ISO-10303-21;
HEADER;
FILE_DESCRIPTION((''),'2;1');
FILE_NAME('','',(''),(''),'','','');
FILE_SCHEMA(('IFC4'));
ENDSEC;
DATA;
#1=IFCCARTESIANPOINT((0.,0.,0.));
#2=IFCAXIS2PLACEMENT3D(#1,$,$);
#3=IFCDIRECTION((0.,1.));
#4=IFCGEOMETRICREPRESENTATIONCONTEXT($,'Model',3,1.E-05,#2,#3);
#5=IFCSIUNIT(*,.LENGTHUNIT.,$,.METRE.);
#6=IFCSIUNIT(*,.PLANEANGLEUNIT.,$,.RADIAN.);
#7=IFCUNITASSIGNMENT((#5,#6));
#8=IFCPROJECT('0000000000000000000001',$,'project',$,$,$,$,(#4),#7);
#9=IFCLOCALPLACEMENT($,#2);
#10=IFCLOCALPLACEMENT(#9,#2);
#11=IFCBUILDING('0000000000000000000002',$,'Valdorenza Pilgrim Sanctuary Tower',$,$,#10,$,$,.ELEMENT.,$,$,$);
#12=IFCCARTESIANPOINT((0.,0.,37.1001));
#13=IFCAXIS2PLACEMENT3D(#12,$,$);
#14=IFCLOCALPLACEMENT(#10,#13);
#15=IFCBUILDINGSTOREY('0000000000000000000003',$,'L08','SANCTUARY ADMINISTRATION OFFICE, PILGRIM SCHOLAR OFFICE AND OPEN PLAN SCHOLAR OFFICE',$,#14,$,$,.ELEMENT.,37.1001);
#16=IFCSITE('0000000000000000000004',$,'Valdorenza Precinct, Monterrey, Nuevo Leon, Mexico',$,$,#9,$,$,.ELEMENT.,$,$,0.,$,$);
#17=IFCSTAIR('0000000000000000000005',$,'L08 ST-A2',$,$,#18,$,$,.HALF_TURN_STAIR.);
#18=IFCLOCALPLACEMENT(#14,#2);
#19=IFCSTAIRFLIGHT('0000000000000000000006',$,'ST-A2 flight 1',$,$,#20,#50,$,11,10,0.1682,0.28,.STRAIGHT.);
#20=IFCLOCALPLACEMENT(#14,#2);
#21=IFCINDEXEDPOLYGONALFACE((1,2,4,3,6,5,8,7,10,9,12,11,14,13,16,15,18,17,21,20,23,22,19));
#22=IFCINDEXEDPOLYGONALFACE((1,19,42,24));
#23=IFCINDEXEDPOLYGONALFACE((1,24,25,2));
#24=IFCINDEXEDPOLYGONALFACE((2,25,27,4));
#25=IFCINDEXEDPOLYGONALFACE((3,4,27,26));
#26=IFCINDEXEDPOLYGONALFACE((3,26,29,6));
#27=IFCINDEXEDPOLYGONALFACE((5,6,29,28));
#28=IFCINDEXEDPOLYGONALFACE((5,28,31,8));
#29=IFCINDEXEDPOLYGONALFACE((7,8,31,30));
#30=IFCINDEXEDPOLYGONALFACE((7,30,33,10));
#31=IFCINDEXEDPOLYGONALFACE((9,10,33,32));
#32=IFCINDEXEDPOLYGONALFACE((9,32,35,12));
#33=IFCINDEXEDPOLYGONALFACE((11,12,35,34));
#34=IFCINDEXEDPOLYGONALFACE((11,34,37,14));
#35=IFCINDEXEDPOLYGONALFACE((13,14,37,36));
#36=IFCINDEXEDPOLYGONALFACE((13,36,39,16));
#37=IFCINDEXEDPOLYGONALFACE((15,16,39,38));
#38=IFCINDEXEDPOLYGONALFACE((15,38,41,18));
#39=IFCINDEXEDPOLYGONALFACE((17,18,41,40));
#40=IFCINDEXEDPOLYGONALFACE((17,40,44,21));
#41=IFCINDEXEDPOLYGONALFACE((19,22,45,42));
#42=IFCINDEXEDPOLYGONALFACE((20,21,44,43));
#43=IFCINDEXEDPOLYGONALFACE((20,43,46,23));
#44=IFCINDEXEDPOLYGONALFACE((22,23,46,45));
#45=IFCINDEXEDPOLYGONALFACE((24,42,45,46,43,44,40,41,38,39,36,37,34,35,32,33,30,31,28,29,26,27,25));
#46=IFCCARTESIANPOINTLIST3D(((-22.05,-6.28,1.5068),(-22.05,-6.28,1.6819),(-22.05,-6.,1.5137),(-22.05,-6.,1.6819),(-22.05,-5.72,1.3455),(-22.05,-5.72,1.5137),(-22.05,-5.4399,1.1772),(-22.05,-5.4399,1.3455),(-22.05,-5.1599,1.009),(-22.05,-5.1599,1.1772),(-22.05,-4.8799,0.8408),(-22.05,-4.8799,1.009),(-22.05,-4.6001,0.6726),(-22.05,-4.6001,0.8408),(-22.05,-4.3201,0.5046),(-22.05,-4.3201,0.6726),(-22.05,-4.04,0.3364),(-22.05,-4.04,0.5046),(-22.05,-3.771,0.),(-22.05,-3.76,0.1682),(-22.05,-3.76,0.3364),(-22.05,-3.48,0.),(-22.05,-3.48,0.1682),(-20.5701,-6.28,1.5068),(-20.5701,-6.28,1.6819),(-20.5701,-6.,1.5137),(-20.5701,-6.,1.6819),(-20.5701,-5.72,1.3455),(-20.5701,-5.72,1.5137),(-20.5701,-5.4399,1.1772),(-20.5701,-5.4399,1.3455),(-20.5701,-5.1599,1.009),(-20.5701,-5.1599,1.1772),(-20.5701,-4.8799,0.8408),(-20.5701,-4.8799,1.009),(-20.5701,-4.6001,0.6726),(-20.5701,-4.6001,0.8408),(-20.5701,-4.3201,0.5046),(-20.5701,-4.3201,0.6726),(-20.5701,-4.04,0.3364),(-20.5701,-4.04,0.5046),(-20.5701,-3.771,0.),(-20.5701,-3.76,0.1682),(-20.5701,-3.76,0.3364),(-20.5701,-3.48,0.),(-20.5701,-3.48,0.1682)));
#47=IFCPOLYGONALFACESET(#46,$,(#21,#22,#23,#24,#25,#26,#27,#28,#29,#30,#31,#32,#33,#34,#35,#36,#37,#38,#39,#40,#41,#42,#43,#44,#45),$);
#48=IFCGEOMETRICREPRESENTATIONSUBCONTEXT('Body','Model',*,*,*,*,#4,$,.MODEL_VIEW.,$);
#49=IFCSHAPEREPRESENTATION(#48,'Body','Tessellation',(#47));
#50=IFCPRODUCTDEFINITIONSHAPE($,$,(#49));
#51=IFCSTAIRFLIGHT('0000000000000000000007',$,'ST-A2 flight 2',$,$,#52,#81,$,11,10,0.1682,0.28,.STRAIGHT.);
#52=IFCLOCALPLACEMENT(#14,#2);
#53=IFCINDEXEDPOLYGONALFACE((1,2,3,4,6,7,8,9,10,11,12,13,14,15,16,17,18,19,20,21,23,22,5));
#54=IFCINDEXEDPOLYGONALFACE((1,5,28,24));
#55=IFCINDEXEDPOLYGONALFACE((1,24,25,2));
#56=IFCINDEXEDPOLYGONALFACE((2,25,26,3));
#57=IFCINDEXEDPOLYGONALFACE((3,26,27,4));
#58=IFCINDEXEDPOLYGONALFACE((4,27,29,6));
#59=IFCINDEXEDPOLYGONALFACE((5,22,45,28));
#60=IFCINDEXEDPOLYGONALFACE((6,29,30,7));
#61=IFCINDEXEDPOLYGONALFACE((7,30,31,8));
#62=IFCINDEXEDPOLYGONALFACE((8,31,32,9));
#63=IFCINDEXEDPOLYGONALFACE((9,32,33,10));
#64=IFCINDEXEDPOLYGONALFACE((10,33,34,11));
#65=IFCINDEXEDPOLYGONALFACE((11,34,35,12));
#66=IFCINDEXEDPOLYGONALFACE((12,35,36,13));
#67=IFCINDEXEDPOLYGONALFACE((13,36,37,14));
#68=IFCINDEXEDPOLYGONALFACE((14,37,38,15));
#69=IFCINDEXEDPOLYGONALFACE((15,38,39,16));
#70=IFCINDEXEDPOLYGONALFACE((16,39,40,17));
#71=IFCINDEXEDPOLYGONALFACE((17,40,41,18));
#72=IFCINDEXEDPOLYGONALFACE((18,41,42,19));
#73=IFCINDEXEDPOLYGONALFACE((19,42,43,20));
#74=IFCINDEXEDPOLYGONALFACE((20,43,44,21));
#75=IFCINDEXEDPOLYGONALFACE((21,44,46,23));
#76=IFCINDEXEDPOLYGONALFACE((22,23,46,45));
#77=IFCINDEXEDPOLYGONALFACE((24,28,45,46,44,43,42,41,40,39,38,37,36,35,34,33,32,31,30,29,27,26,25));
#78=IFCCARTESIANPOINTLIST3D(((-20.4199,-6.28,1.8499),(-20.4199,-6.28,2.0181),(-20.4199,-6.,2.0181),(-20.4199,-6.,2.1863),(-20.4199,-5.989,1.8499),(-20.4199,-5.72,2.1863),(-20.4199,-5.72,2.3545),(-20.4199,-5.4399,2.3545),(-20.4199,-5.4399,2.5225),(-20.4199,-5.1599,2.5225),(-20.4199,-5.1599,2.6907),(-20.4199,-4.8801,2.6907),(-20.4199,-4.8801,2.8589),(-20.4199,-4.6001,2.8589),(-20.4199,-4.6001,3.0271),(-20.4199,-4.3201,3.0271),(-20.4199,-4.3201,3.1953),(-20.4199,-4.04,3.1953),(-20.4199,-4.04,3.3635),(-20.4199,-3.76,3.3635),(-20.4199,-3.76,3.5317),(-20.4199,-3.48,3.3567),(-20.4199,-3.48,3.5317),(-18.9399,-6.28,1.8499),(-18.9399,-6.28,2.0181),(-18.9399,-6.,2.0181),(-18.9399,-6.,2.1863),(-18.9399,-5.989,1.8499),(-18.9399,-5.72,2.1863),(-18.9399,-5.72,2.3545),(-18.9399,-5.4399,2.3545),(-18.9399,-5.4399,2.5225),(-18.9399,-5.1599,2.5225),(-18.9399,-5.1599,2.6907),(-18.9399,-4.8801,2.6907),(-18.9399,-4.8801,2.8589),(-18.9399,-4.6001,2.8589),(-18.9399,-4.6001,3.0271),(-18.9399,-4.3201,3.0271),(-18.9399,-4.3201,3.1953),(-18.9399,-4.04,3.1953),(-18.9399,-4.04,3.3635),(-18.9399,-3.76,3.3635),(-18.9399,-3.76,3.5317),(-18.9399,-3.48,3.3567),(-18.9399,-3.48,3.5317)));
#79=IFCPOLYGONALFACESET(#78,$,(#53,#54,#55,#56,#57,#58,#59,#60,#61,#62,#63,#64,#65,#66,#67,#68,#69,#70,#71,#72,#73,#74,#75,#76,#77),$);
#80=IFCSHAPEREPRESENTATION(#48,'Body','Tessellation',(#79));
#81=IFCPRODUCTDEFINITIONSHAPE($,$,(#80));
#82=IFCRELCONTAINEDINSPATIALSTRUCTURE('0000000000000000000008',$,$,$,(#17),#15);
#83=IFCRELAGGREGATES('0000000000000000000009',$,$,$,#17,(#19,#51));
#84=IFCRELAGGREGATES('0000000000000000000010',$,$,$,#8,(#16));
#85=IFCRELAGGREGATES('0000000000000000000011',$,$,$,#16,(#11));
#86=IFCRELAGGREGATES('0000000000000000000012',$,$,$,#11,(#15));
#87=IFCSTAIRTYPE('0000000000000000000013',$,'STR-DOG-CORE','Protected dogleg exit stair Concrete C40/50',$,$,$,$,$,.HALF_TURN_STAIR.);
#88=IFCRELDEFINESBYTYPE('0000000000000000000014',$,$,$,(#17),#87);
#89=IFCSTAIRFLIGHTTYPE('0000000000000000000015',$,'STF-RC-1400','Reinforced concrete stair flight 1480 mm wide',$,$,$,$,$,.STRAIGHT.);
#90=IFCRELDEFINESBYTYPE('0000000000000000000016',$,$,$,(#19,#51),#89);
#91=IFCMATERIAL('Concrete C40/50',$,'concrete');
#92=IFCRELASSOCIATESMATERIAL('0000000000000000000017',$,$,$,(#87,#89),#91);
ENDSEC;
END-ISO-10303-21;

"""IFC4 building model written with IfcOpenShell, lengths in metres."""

from ifc_helpers import new_model, si_unit, direction, frame, origin, place, context, subcontext, project, spatial, polyline, outline, extrude, material, type_object, element, aggregate, save


model = new_model("IFC4")

# Units and contexts
model_context = context("Model", 3, precision=1e-05, world=origin(), true_north=direction((0.0, 1.0)))
body_context = subcontext(model_context, "Body", "Model", "MODEL_VIEW")
ifc_project = project(units=[si_unit("LENGTHUNIT", "METRE"), si_unit("PLANEANGLEUNIT", "RADIAN")], contexts=[model_context])

# Site, building, storey
site_placement = place(None, origin())
site = spatial("IfcSite", under=ifc_project, at=site_placement, Name="Valdorenza Precinct, Monterrey, Nuevo Leon, Mexico", CompositionType="ELEMENT", RefElevation=0.0)
building_placement = place(site_placement, origin())
building = spatial("IfcBuilding", under=site, at=building_placement, Name="Valdorenza Pilgrim Sanctuary Tower", CompositionType="ELEMENT")
storey_placement = place(building_placement, frame((0.0, 0.0, 37.1001)))
storey = spatial("IfcBuildingStorey", under=building, at=storey_placement, Name="L08", Description="SANCTUARY ADMINISTRATION OFFICE, PILGRIM SCHOLAR OFFICE AND OPEN PLAN SCHOLAR OFFICE", CompositionType="ELEMENT", Elevation=37.1001)

# Shared definitions
ifc_material_1 = material(Name="Concrete C40/50", Category="concrete")

# Stair, stair flights
stair_type = type_object("IfcStairType", Name="STR-DOG-CORE", Description="Protected dogleg exit stair Concrete C40/50", PredefinedType="HALF_TURN_STAIR", material=ifc_material_1)
stair_placement = place(storey_placement, origin())
stair = element("IfcStair", 1, at=stair_placement, inside=storey, type_object=stair_type, Name="L08 ST-A2", PredefinedType="HALF_TURN_STAIR")
stair_flight_type = type_object("IfcStairFlightType", Name="STF-RC-1400", Description="Reinforced concrete stair flight 1480 mm wide", PredefinedType="STRAIGHT", material=ifc_material_1)
stair_flight_1_placement = place(storey_placement, frame((-21.3101, -3.48, 0.0), z_axis=(0.0, 0.0, 1.0), x_axis=(0.0, -1.0, 0.0)))
stair_flight_1 = element("IfcStairFlight", 2, at=stair_flight_1_placement, type_object=stair_flight_type, Name="ST-A2 flight 1", NumberOfRisers=11, NumberOfTreads=10, PredefinedType="STRAIGHT", RiserHeight=0.1682, TreadLength=0.28, context=body_context, shape_type="SweptSolid", body=[
    extrude(outline(polyline([(0.0, 0.0), (0.0, 0.1682), (0.28, 0.1682), (0.28, 0.3364), (0.5601, 0.3364), (0.5601, 0.5046), (0.8401, 0.5046), (0.8401, 0.6726), (1.1201, 0.6726), (1.1201, 0.8408), (1.3999, 0.8408), (1.3999, 1.009), (1.6799, 1.009), (1.6799, 1.1772), (1.96, 1.1772), (1.96, 1.3455), (2.24, 1.3455), (2.24, 1.5137), (2.52, 1.5137), (2.52, 1.6819), (2.8, 1.6819), (2.8, 1.8501), (2.8, 1.5068), (0.291, 0.0), (0.0, 0.0)])), frame((0.0, 0.74, 0.0), z_axis=(0.0, -1.0, 0.0), x_axis=(1.0, 0.0, 0.0)), (0.0, 0.0, 1.0), 1.48),
])
stair_flight_2_placement = place(storey_placement, frame((-19.6799, -6.28, 1.8499), z_axis=(0.0, 0.0, 1.0), x_axis=(0.0, 1.0, 0.0)))
stair_flight_2 = element("IfcStairFlight", 3, at=stair_flight_2_placement, type_object=stair_flight_type, Name="ST-A2 flight 2", NumberOfRisers=11, NumberOfTreads=10, PredefinedType="STRAIGHT", RiserHeight=0.1682, TreadLength=0.28, context=body_context, shape_type="SweptSolid", body=[
    extrude(outline(polyline([(0.0, 0.0), (0.0, 0.1682), (0.28, 0.1682), (0.28, 0.3364), (0.5601, 0.3364), (0.5601, 0.5046), (0.8401, 0.5046), (0.8401, 0.6726), (1.1201, 0.6726), (1.1201, 0.8408), (1.3999, 0.8408), (1.3999, 1.009), (1.6799, 1.009), (1.6799, 1.1772), (1.96, 1.1772), (1.96, 1.3455), (2.24, 1.3455), (2.24, 1.5137), (2.52, 1.5137), (2.52, 1.6819), (2.8, 1.6819), (2.8, 1.8501), (2.8, 1.5068), (0.291, 0.0), (0.0, 0.0)])), frame((0.0, 0.74, 0.0), z_axis=(0.0, -1.0, 0.0), x_axis=(1.0, 0.0, 0.0)), (0.0, 0.0, 1.0), 1.48),
])
aggregate(stair, [stair_flight_1, stair_flight_2])

save(model, "model.ifc")
